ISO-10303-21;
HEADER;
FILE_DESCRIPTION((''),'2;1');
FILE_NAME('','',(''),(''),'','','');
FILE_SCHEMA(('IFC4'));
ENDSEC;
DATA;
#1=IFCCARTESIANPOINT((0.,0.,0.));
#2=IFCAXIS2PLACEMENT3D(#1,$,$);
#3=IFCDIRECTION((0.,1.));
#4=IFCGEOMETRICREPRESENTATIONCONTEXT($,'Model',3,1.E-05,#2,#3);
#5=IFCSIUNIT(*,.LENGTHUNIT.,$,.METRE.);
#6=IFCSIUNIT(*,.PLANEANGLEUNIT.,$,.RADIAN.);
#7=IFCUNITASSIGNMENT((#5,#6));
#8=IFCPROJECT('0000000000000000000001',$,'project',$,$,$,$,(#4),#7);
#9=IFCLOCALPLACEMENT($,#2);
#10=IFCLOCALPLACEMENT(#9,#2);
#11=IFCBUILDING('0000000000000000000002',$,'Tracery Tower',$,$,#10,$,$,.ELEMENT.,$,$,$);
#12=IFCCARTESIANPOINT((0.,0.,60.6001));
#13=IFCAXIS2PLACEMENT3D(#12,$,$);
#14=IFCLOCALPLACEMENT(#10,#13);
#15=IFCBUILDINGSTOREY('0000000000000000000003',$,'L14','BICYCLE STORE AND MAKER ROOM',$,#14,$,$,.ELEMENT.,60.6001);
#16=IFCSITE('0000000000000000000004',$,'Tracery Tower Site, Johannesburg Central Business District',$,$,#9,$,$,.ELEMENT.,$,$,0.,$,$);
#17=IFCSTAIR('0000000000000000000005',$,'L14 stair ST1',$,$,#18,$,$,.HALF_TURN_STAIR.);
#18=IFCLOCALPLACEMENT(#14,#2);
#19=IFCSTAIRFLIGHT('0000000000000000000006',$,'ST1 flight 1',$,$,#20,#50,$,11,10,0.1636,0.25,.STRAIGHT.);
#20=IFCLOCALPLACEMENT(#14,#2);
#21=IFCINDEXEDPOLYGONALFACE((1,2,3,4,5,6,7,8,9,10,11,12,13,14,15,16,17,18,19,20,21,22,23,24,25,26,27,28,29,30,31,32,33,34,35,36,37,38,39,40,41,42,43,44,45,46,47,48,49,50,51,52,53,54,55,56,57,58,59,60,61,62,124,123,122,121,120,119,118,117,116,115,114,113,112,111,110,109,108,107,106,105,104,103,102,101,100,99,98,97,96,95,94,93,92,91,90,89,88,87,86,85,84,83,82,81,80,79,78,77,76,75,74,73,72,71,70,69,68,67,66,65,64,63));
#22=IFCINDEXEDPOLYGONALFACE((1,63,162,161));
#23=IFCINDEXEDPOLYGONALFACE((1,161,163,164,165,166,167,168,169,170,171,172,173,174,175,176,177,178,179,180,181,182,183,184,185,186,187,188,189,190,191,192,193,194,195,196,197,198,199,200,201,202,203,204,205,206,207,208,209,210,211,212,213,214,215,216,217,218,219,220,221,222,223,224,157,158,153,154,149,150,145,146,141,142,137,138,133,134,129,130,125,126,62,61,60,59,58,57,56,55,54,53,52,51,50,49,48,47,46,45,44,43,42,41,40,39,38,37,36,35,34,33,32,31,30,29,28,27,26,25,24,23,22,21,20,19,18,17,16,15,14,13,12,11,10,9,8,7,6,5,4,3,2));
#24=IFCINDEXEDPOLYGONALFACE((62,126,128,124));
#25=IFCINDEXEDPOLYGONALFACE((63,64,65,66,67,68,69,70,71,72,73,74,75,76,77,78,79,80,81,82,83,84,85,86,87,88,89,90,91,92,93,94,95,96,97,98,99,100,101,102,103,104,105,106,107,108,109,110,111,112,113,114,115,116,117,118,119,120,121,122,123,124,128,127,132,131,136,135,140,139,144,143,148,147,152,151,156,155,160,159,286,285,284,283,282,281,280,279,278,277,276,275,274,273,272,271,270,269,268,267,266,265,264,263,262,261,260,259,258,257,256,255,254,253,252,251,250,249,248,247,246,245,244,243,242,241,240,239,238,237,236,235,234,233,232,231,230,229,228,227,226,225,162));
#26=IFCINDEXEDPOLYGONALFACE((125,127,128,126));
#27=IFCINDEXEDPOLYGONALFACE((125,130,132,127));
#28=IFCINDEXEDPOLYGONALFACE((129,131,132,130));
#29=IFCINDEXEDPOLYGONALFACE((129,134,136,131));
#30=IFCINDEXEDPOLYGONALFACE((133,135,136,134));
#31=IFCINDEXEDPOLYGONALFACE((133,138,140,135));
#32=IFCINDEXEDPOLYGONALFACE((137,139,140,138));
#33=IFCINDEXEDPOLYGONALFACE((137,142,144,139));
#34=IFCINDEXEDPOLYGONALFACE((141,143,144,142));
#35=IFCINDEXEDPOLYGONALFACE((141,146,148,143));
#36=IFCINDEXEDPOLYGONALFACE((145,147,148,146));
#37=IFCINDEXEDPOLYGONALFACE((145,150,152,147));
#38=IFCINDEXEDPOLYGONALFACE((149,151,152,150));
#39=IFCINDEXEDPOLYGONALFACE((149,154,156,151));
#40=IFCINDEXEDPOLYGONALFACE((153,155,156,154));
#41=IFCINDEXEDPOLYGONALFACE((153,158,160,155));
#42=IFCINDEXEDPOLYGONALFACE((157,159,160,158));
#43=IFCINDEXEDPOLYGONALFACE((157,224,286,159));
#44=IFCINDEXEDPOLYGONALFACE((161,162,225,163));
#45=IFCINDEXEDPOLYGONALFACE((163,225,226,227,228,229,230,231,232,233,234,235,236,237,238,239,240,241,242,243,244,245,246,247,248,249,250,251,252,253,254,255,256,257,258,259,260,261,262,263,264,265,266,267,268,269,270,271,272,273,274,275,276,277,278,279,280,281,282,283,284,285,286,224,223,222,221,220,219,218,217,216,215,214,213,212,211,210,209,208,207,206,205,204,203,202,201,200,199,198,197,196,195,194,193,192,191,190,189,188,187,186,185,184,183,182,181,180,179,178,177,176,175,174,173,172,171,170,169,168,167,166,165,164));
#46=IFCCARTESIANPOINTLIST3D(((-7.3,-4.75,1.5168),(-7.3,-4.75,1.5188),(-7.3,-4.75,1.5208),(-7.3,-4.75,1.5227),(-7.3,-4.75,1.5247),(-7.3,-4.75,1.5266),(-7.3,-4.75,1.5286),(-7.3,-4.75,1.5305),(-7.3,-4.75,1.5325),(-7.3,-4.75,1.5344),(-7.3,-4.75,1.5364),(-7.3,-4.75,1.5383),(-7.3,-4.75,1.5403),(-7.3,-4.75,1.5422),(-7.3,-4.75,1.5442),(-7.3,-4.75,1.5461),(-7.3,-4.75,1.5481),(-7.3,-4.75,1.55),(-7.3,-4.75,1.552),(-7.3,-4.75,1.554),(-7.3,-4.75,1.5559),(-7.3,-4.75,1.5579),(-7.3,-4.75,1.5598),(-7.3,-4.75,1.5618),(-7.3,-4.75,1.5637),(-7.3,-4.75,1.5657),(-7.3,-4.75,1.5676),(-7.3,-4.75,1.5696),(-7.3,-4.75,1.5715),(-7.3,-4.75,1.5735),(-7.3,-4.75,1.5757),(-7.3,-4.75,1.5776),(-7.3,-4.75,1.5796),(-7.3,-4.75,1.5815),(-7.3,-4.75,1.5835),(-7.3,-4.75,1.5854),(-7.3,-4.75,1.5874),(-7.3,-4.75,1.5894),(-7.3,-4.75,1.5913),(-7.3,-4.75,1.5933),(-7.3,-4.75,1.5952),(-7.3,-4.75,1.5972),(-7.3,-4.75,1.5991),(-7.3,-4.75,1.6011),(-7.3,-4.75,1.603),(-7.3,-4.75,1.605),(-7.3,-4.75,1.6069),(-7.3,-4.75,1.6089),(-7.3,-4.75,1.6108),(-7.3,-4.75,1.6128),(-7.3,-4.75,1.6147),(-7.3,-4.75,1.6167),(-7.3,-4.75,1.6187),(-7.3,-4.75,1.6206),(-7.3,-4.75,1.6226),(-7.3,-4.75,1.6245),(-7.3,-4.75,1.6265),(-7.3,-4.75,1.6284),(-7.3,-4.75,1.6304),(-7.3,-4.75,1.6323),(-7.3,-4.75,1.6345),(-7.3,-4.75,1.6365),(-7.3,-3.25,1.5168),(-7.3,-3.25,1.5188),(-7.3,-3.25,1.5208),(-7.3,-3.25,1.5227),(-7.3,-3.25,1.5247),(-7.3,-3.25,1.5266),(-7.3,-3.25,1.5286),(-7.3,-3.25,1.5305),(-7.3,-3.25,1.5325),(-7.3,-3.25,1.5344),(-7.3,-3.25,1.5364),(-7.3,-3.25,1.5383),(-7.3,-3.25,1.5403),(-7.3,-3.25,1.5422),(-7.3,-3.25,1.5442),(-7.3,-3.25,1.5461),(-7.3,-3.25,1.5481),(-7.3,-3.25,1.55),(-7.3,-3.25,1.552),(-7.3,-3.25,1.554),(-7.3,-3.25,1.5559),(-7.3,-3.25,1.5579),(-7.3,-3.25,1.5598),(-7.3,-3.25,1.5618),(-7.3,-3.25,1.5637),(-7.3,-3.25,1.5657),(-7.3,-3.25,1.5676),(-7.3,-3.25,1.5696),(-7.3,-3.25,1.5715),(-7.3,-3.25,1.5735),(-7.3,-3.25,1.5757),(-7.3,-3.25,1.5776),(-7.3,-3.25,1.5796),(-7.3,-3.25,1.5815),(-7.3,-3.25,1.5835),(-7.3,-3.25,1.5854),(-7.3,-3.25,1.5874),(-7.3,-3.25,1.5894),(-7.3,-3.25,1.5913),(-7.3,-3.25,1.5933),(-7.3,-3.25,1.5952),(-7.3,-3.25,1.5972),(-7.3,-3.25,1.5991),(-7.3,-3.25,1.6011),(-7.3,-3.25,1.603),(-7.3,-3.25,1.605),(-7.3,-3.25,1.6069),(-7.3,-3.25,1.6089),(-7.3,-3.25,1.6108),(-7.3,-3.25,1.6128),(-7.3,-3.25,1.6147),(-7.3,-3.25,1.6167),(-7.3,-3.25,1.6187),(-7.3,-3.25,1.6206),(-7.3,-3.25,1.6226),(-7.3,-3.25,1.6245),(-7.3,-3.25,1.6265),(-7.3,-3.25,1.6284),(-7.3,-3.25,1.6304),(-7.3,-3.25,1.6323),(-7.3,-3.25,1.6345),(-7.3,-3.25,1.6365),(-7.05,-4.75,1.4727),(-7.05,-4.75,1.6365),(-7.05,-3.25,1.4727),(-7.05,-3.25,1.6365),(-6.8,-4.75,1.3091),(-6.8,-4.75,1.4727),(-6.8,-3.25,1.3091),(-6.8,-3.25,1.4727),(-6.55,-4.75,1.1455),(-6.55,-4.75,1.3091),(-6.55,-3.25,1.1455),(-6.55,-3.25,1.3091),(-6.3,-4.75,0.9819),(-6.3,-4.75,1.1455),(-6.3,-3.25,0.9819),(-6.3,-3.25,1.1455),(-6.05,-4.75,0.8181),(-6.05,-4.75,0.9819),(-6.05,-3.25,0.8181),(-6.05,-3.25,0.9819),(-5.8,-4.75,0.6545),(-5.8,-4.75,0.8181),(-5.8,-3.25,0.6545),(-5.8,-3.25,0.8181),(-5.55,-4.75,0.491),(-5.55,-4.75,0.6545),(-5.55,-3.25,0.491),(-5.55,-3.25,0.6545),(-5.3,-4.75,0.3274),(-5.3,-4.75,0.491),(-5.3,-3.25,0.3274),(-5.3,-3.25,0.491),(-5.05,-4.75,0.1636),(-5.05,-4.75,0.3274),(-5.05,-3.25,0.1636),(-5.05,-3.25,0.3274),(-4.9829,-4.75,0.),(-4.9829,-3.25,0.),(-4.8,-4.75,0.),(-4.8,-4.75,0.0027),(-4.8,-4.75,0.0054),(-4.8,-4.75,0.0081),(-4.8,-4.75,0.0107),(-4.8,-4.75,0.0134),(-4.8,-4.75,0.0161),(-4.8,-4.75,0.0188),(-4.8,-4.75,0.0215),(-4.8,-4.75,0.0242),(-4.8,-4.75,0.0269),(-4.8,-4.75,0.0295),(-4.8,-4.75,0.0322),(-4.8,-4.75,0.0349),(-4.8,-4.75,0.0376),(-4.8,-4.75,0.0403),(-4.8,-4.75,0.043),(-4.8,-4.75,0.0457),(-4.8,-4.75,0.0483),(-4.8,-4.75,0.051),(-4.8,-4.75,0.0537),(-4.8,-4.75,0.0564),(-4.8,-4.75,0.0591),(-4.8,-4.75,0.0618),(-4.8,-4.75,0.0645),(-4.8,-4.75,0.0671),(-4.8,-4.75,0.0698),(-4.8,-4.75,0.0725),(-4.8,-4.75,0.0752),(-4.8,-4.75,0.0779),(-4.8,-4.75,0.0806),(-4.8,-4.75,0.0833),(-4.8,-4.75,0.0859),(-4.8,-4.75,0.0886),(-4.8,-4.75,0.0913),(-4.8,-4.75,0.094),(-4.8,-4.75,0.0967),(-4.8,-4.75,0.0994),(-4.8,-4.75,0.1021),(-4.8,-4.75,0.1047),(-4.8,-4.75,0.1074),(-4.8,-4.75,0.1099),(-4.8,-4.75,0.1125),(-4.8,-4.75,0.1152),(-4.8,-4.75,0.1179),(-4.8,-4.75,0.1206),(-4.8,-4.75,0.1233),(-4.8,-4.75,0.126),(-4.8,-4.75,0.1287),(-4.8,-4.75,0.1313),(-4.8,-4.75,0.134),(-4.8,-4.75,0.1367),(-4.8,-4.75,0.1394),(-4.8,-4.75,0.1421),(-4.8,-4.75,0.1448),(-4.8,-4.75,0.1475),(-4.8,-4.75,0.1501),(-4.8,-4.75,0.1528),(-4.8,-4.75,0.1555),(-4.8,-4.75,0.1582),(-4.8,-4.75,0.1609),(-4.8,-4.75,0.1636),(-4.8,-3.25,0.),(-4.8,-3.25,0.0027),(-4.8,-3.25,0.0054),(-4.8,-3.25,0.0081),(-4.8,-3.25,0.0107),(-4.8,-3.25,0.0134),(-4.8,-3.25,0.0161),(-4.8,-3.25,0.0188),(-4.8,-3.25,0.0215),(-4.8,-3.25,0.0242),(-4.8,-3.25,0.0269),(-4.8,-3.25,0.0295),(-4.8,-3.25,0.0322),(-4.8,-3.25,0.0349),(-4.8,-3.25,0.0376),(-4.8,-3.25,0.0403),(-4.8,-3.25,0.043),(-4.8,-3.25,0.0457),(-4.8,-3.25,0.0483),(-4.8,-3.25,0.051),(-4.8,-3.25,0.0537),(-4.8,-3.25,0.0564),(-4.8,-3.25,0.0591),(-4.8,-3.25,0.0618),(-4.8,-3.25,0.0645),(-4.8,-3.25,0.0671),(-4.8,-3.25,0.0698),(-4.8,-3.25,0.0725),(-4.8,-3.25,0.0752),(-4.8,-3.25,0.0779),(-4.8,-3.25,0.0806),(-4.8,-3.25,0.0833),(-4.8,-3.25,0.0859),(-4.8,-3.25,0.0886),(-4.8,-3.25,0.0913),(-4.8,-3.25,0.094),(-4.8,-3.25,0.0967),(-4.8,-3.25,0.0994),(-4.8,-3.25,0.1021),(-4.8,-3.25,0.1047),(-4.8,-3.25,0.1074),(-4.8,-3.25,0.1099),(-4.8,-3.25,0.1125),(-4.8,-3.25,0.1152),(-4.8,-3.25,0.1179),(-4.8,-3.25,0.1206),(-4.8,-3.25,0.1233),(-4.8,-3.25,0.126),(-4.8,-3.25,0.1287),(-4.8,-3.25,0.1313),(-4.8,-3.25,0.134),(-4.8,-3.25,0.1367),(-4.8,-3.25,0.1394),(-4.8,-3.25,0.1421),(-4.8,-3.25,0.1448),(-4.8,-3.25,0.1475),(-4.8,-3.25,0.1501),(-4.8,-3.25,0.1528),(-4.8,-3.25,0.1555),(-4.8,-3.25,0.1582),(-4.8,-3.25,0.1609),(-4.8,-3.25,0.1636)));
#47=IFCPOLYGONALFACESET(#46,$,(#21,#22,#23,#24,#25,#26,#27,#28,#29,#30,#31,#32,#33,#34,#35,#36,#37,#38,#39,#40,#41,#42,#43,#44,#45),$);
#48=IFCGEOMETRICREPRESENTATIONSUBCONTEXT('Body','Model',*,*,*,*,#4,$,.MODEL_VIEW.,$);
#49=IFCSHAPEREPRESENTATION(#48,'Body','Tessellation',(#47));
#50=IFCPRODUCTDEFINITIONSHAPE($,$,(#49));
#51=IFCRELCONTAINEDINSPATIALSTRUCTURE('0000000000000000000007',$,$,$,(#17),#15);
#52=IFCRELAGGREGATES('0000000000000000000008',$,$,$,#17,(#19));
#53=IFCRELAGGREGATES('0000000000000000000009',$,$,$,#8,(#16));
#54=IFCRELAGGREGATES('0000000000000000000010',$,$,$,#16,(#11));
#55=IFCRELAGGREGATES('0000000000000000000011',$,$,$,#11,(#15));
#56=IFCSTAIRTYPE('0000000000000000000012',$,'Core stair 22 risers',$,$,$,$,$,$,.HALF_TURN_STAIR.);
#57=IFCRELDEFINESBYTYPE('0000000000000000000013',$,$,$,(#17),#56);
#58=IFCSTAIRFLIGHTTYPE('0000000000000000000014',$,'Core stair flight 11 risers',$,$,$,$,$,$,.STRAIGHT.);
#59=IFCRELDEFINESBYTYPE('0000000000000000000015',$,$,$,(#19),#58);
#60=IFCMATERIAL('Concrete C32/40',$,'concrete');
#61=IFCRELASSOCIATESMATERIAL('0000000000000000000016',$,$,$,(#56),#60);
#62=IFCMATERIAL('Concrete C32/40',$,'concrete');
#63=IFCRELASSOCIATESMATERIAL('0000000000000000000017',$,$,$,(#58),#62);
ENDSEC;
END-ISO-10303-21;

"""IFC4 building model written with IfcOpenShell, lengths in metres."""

from ifc_helpers import new_model, si_unit, direction, frame, origin, place, context, subcontext, project, spatial, polyline, outline, extrude, material, type_object, element, aggregate, save


model = new_model("IFC4")

# Units and contexts
model_context = context("Model", 3, precision=1e-05, world=origin(), true_north=direction((0.0, 1.0)))
body_context = subcontext(model_context, "Body", "Model", "MODEL_VIEW")
ifc_project = project(units=[si_unit("LENGTHUNIT", "METRE"), si_unit("PLANEANGLEUNIT", "RADIAN")], contexts=[model_context])

# Site, building, storey
site_placement = place(None, origin())
site = spatial("IfcSite", under=ifc_project, at=site_placement, Name="Tracery Tower Site, Johannesburg Central Business District", CompositionType="ELEMENT", RefElevation=0.0)
building_placement = place(site_placement, origin())
building = spatial("IfcBuilding", under=site, at=building_placement, Name="Tracery Tower", CompositionType="ELEMENT")
storey_placement = place(building_placement, frame((0.0, 0.0, 60.6001)))
storey = spatial("IfcBuildingStorey", under=building, at=storey_placement, Name="L14", Description="BICYCLE STORE AND MAKER ROOM", CompositionType="ELEMENT", Elevation=60.6001)

# Stair, stair flight
ifc_material_1 = material(Name="Concrete C32/40", Category="concrete")
stair_type = type_object("IfcStairType", Name="Core stair 22 risers", PredefinedType="HALF_TURN_STAIR", material=ifc_material_1)
stair_placement = place(storey_placement, origin())
stair = element("IfcStair", 1, at=stair_placement, inside=storey, type_object=stair_type, Name="L14 stair ST1", PredefinedType="HALF_TURN_STAIR")
ifc_material_2 = material(Name="Concrete C32/40", Category="concrete")
stair_flight_type = type_object("IfcStairFlightType", Name="Core stair flight 11 risers", PredefinedType="STRAIGHT", material=ifc_material_2)
stair_flight_placement = place(storey_placement, frame((-4.8, -4.0, 0.0), z_axis=(0.0, 0.0, 1.0), x_axis=(-1.0, 0.0, 0.0)))
stair_flight = element("IfcStairFlight", 2, at=stair_flight_placement, type_object=stair_flight_type, Name="ST1 flight 1", NumberOfRisers=11, NumberOfTreads=10, PredefinedType="STRAIGHT", RiserHeight=0.1636, TreadLength=0.25, context=body_context, shape_type="SweptSolid", body=[
    extrude(outline(polyline([(0.0, 0.0), (0.0, 0.0027), (0.0, 0.0054), (0.0, 0.0081), (0.0, 0.0107), (0.0, 0.0134), (0.0, 0.0161), (0.0, 0.0188), (0.0, 0.0215), (0.0, 0.0242), (0.0, 0.0269), (0.0, 0.0295), (0.0, 0.0322), (0.0, 0.0349), (0.0, 0.0376), (0.0, 0.0403), (0.0, 0.043), (0.0, 0.0457), (0.0, 0.0483), (0.0, 0.051), (0.0, 0.0537), (0.0, 0.0564), (0.0, 0.0591), (0.0, 0.0618), (0.0, 0.0645), (0.0, 0.0671), (0.0, 0.0698), (0.0, 0.0725), (0.0, 0.0752), (0.0, 0.0779), (0.0, 0.0806), (0.0, 0.0833), (0.0, 0.0859), (0.0, 0.0886), (0.0, 0.0913), (0.0, 0.094), (0.0, 0.0967), (0.0, 0.0994), (0.0, 0.1021), (0.0, 0.1047), (0.0, 0.1074), (0.0, 0.1099), (0.0, 0.1125), (0.0, 0.1152), (0.0, 0.1179), (0.0, 0.1206), (0.0, 0.1233), (0.0, 0.126), (0.0, 0.1287), (0.0, 0.1313), (0.0, 0.134), (0.0, 0.1367), (0.0, 0.1394), (0.0, 0.1421), (0.0, 0.1448), (0.0, 0.1475), (0.0, 0.1501), (0.0, 0.1528), (0.0, 0.1555), (0.0, 0.1582), (0.0, 0.1609), (0.0, 0.1636), (0.25, 0.1636), (0.25, 0.3274), (0.5, 0.3274), (0.5, 0.491), (0.75, 0.491), (0.75, 0.6545), (1.0, 0.6545), (1.0, 0.8181), (1.25, 0.8181), (1.25, 0.9819), (1.5, 0.9819), (1.5, 1.1455), (1.75, 1.1455), (1.75, 1.3091), (2.0, 1.3091), (2.0, 1.4727), (2.25, 1.4727), (2.25, 1.6365), (2.5, 1.6365), (2.5, 1.6345), (2.5, 1.6323), (2.5, 1.6304), (2.5, 1.6284), (2.5, 1.6265), (2.5, 1.6245), (2.5, 1.6226), (2.5, 1.6206), (2.5, 1.6187), (2.5, 1.6167), (2.5, 1.6147), (2.5, 1.6128), (2.5, 1.6108), (2.5, 1.6089), (2.5, 1.6069), (2.5, 1.605), (2.5, 1.603), (2.5, 1.6011), (2.5, 1.5991), (2.5, 1.5972), (2.5, 1.5952), (2.5, 1.5933), (2.5, 1.5913), (2.5, 1.5894), (2.5, 1.5874), (2.5, 1.5854), (2.5, 1.5835), (2.5, 1.5815), (2.5, 1.5796), (2.5, 1.5776), (2.5, 1.5757), (2.5, 1.5735), (2.5, 1.5715), (2.5, 1.5696), (2.5, 1.5676), (2.5, 1.5657), (2.5, 1.5637), (2.5, 1.5618), (2.5, 1.5598), (2.5, 1.5579), (2.5, 1.5559), (2.5, 1.554), (2.5, 1.552), (2.5, 1.55), (2.5, 1.5481), (2.5, 1.5461), (2.5, 1.5442), (2.5, 1.5422), (2.5, 1.5403), (2.5, 1.5383), (2.5, 1.5364), (2.5, 1.5344), (2.5, 1.5325), (2.5, 1.5305), (2.5, 1.5286), (2.5, 1.5266), (2.5, 1.5247), (2.5, 1.5227), (2.5, 1.5208), (2.5, 1.5188), (2.5, 1.5168), (0.1829, 0.0), (0.0, 0.0)])), frame((0.0, 0.75, 0.0), z_axis=(0.0, -1.0, 0.0), x_axis=(1.0, 0.0, 0.0)), (0.0, 0.0, 1.0), 1.5),
])
aggregate(stair, [stair_flight])

save(model, "model.ifc")
